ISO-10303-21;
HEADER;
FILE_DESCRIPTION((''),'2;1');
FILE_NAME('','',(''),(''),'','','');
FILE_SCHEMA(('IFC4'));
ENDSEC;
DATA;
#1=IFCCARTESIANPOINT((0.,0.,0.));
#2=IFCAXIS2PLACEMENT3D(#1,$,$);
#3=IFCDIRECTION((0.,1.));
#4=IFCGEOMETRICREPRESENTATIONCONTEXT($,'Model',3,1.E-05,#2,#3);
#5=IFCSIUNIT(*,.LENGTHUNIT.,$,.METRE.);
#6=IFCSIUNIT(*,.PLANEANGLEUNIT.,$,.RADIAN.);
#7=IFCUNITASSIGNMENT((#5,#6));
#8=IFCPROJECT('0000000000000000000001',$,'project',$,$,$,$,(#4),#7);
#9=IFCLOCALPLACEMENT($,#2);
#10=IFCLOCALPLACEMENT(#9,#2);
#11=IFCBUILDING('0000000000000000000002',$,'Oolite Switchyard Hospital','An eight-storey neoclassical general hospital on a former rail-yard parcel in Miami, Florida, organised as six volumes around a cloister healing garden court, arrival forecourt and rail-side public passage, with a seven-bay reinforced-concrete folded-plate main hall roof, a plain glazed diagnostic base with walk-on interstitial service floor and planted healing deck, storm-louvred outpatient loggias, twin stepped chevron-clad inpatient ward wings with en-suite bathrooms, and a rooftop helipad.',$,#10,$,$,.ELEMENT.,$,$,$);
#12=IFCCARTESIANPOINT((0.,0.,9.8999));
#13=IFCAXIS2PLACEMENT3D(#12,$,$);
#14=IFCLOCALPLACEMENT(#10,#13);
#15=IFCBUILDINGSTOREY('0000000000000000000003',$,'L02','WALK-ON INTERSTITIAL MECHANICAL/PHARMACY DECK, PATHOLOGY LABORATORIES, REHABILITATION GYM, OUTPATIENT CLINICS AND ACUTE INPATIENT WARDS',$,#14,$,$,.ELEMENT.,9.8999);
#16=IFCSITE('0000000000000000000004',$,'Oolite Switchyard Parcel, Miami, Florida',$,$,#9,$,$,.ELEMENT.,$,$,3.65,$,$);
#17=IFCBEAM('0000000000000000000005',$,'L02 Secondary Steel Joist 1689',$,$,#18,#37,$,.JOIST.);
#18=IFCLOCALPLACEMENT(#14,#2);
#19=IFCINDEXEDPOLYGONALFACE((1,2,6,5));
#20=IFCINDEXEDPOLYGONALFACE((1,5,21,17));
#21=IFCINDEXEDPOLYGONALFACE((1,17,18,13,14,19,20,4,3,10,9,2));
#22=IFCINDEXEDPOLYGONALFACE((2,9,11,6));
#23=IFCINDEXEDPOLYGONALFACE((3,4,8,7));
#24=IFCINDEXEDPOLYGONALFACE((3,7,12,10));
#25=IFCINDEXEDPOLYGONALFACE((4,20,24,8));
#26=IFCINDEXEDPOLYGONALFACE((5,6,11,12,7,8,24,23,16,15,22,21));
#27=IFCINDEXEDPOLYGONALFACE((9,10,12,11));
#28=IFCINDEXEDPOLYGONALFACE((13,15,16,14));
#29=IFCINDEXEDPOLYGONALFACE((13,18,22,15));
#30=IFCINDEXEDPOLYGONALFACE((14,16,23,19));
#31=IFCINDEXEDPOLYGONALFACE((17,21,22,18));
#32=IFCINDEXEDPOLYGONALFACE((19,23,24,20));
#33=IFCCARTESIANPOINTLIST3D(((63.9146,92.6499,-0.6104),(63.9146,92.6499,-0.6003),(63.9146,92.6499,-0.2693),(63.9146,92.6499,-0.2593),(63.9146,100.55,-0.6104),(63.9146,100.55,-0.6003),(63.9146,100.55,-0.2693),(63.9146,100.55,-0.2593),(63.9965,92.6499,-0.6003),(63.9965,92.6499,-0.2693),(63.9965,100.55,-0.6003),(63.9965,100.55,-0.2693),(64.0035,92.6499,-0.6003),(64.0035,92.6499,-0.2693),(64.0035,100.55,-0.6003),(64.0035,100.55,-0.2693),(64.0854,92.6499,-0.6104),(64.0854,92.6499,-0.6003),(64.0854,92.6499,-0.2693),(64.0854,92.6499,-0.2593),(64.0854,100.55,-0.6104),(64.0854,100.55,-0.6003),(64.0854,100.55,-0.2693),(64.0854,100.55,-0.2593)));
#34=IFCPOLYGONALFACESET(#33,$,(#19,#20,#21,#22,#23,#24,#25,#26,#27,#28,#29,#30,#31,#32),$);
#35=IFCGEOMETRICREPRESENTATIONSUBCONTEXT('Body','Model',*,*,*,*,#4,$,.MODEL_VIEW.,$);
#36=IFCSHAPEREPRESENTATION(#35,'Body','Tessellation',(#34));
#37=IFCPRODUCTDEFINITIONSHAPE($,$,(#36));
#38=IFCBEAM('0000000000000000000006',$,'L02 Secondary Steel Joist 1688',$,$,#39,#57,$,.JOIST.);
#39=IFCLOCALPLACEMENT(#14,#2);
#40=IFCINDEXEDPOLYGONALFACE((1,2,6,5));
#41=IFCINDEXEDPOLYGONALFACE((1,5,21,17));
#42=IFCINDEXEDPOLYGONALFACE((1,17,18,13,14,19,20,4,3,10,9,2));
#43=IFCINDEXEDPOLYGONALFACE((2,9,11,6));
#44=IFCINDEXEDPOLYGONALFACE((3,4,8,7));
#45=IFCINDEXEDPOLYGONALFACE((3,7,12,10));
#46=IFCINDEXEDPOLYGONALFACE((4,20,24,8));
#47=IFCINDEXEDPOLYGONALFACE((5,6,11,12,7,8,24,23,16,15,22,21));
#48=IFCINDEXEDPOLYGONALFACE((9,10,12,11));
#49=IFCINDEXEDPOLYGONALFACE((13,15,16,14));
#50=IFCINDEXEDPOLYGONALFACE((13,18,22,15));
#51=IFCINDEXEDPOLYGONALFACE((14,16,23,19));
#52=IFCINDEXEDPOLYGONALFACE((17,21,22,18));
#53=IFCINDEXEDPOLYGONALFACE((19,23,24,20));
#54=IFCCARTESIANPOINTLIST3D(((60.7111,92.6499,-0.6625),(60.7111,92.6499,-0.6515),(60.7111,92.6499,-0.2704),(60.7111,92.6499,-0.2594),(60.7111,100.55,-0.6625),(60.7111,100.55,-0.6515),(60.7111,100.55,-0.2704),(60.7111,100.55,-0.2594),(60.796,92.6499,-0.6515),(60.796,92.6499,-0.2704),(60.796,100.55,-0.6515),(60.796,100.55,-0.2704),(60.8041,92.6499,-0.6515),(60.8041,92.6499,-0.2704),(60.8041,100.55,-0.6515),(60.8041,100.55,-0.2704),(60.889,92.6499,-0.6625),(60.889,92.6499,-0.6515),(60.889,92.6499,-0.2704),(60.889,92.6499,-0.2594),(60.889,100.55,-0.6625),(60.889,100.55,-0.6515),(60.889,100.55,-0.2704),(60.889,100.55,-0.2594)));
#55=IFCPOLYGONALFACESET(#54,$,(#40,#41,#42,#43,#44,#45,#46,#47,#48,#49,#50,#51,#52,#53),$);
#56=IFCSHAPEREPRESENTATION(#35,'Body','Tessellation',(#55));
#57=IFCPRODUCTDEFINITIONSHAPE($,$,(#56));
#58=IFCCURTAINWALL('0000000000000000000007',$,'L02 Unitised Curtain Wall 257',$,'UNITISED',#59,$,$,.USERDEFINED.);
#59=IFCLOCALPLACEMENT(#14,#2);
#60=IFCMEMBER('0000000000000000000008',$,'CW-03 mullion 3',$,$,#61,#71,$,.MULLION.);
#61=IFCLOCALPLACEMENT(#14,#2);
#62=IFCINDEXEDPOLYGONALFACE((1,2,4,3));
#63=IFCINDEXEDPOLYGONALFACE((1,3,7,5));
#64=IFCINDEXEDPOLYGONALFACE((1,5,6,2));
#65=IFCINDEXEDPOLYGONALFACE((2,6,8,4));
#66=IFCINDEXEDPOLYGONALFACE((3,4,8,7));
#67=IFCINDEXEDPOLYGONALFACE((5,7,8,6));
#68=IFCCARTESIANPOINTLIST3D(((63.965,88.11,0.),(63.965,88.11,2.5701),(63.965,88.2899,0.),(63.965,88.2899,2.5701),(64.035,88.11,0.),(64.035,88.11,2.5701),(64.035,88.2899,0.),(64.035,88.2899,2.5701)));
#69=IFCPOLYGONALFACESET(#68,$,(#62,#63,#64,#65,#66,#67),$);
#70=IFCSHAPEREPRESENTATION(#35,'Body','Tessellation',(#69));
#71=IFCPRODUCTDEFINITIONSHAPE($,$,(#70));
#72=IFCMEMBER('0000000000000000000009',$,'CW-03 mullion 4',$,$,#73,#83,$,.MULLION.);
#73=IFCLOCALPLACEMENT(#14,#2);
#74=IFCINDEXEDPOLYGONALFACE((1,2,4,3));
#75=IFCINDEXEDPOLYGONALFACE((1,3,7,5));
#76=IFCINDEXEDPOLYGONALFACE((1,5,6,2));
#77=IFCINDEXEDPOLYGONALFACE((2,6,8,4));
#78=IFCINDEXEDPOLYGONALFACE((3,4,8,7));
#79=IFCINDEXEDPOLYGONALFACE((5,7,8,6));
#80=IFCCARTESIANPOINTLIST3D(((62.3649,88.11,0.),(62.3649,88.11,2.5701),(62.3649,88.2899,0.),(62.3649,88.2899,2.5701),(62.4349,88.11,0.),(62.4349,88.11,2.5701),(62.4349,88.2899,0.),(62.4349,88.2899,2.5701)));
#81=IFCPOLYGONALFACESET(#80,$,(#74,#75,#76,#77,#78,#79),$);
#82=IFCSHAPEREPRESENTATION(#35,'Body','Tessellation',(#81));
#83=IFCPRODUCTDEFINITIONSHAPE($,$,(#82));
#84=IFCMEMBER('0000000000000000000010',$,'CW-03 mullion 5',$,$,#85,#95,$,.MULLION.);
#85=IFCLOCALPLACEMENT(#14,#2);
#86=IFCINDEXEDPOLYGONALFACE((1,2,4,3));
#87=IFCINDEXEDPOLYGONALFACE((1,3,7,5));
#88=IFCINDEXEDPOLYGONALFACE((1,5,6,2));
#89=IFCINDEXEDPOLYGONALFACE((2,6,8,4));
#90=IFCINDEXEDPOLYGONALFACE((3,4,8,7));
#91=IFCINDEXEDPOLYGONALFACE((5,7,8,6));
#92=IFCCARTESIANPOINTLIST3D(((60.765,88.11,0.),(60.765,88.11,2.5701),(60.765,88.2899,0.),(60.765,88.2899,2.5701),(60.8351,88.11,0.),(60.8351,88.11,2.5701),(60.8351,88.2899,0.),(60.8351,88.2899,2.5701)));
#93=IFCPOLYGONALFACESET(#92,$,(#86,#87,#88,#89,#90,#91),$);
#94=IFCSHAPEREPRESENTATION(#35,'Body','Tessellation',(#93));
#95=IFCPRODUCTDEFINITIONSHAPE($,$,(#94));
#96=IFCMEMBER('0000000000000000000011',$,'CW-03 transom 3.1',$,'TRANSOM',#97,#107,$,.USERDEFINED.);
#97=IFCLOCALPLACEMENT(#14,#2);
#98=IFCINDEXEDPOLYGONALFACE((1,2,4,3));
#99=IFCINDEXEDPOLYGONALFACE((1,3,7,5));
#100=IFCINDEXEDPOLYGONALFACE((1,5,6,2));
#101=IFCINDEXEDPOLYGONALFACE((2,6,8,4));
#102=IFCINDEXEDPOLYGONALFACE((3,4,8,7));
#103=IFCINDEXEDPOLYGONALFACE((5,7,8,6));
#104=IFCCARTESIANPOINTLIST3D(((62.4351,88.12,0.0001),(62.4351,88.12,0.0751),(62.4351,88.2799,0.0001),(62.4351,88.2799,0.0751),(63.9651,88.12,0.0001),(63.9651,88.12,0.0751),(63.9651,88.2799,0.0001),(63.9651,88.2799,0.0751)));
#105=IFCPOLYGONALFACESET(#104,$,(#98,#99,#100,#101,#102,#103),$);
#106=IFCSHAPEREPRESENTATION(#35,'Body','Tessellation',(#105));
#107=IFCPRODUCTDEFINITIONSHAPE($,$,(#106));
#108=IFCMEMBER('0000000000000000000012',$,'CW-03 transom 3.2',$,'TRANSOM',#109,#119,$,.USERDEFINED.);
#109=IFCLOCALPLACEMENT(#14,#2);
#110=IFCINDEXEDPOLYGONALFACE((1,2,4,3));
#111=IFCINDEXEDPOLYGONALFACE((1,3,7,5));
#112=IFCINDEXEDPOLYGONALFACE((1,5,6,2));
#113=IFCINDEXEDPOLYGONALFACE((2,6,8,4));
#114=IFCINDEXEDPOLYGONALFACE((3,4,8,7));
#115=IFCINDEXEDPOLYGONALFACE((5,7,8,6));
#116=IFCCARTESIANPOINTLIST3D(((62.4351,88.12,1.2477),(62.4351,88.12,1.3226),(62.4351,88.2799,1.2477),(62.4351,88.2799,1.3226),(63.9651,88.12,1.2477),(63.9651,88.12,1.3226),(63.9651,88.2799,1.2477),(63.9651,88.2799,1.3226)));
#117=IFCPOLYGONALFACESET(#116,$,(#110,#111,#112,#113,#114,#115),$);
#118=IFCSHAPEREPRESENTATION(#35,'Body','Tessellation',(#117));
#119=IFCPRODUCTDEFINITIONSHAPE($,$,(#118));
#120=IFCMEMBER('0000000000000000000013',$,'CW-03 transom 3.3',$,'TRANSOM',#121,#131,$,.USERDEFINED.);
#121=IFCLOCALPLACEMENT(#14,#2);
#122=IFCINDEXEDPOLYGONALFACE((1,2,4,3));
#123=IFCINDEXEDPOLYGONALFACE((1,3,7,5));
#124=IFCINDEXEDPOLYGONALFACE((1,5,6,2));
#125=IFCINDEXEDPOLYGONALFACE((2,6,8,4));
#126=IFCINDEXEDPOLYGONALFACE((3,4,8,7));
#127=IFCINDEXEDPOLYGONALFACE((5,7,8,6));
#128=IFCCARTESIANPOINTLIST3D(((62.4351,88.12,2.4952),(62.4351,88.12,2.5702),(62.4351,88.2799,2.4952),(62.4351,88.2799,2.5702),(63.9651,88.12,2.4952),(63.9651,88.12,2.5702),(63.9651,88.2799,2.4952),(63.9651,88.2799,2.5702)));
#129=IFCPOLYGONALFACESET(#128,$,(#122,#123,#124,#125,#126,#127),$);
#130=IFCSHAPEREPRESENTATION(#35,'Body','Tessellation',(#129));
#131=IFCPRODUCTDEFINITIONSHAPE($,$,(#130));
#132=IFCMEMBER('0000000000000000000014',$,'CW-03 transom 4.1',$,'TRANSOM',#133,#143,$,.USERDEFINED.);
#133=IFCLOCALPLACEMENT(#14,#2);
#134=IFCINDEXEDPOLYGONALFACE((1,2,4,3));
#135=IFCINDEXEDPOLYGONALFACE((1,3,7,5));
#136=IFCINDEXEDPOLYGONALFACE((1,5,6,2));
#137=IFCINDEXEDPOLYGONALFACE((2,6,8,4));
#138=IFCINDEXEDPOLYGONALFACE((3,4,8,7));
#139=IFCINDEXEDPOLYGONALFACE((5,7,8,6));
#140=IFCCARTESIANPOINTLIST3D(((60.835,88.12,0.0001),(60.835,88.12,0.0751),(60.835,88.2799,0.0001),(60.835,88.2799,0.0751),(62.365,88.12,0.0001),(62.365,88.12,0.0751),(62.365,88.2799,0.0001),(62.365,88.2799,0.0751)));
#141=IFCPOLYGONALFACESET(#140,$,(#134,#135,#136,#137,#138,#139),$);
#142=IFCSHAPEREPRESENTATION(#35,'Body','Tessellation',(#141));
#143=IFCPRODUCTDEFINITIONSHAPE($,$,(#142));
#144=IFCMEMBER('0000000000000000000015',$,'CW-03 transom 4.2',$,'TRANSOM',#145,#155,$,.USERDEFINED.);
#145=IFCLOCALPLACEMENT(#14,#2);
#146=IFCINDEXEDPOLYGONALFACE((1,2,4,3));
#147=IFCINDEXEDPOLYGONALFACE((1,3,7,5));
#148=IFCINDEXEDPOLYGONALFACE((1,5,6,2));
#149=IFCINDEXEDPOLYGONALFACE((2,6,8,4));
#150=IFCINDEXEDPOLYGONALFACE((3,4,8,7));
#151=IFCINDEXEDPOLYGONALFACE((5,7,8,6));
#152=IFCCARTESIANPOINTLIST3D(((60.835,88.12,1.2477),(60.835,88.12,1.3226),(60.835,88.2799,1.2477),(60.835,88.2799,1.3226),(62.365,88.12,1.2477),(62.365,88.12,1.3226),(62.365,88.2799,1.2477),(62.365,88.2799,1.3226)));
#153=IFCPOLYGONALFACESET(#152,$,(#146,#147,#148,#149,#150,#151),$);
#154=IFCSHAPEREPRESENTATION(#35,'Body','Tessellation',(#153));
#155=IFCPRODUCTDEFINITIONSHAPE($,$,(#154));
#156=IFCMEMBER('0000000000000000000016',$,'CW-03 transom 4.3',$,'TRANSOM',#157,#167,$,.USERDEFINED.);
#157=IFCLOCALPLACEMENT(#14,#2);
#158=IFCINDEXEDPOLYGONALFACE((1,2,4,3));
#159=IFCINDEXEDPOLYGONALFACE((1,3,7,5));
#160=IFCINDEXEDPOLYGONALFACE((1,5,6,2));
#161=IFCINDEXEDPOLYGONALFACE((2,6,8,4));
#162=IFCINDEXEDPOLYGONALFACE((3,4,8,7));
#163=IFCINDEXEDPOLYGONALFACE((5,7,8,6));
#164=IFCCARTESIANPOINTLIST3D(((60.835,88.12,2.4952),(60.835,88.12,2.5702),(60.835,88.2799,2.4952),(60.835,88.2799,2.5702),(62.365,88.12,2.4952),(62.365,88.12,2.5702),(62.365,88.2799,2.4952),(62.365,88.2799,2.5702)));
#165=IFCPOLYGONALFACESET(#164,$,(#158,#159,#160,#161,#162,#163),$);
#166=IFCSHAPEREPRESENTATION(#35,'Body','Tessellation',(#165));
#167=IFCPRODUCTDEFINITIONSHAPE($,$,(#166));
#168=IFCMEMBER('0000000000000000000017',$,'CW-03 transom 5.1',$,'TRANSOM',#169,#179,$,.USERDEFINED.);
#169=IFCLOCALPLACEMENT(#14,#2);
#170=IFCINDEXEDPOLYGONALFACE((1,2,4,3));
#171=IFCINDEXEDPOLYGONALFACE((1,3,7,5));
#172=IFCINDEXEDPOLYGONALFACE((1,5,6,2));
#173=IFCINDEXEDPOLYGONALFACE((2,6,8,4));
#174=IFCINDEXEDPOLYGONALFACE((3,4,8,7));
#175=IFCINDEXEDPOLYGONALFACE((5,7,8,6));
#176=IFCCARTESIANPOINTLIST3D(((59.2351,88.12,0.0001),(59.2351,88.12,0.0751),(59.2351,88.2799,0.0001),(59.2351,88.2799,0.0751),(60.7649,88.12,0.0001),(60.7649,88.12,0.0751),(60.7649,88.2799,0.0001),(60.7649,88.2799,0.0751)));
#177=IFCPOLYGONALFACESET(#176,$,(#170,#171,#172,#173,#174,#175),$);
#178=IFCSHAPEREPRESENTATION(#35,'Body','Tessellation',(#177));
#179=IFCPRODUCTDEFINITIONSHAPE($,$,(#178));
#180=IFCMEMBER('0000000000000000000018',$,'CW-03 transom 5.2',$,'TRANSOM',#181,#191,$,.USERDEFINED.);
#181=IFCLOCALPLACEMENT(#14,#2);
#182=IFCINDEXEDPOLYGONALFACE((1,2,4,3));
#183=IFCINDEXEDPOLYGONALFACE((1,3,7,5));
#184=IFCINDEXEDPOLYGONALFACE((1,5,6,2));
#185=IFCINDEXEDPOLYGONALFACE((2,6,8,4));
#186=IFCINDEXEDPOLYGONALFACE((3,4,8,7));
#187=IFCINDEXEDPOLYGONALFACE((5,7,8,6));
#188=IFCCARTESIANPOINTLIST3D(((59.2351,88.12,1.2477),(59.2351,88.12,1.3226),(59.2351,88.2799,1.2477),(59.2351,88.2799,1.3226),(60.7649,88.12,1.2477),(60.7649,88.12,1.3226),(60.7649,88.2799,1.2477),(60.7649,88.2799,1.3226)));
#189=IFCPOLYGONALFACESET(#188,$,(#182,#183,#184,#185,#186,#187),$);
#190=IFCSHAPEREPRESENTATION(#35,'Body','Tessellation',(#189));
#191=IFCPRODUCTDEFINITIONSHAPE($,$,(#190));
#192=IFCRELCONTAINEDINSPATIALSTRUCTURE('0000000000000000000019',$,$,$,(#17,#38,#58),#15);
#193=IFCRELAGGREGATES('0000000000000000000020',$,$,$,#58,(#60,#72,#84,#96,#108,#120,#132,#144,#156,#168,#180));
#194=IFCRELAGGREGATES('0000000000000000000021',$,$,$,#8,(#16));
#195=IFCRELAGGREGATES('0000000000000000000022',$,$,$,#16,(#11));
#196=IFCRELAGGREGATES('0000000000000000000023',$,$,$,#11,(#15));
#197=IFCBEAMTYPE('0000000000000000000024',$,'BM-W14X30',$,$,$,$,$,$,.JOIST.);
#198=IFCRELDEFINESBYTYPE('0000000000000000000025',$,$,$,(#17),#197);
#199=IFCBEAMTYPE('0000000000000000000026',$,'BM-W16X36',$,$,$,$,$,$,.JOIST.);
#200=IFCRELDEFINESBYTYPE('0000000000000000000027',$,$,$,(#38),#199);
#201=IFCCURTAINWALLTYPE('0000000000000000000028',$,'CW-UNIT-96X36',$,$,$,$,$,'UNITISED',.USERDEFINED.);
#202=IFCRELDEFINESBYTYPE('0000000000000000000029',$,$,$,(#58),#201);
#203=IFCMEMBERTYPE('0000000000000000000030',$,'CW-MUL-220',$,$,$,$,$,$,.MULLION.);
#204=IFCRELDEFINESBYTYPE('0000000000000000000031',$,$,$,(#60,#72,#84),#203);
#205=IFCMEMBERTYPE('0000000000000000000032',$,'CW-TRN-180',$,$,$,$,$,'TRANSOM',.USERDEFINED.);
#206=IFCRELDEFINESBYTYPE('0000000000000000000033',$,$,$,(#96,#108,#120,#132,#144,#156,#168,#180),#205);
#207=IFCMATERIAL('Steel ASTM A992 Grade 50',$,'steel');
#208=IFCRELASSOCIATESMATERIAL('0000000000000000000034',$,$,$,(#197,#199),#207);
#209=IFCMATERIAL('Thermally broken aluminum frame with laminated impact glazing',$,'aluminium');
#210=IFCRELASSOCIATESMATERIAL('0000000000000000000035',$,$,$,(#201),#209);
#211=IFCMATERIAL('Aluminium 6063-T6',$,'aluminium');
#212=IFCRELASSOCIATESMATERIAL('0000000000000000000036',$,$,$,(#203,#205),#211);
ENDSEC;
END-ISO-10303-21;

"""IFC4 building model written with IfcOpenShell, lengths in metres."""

from ifc_helpers import new_model, si_unit, direction, frame, origin, origin_2d, place, context, subcontext, project, spatial, rectangle, i_section, extrude, material, material_profile, profile_set, type_object, element, aggregate, save


model = new_model("IFC4")

# Units and contexts
model_context = context("Model", 3, precision=1e-05, world=origin(), true_north=direction((0.0, 1.0)))
body_context = subcontext(model_context, "Body", "Model", "MODEL_VIEW")
ifc_project = project(units=[si_unit("LENGTHUNIT", "METRE"), si_unit("PLANEANGLEUNIT", "RADIAN")], contexts=[model_context])

# Site, building, storey
site_placement = place(None, origin())
site = spatial("IfcSite", under=ifc_project, at=site_placement, Name="Oolite Switchyard Parcel, Miami, Florida", CompositionType="ELEMENT", RefElevation=3.65)
building_placement = place(site_placement, origin())
building = spatial("IfcBuilding", under=site, at=building_placement, Name="Oolite Switchyard Hospital", Description="An eight-storey neoclassical general hospital on a former rail-yard parcel in Miami, Florida, organised as six volumes around a cloister healing garden court, arrival forecourt and rail-side public passage, with a seven-bay reinforced-concrete folded-plate main hall roof, a plain glazed diagnostic base with walk-on interstitial service floor and planted healing deck, storm-louvred outpatient loggias, twin stepped chevron-clad inpatient ward wings with en-suite bathrooms, and a rooftop helipad.", CompositionType="ELEMENT")
storey_placement = place(building_placement, frame((0.0, 0.0, 9.8999)))
storey = spatial("IfcBuildingStorey", under=building, at=storey_placement, Name="L02", Description="WALK-ON INTERSTITIAL MECHANICAL/PHARMACY DECK, PATHOLOGY LABORATORIES, REHABILITATION GYM, OUTPATIENT CLINICS AND ACUTE INPATIENT WARDS", CompositionType="ELEMENT", Elevation=9.8999)

# Beams
ifc_material_1 = material(Name="Steel ASTM A992 Grade 50", Category="steel")
ifc_material_profile_1 = material_profile(ifc_material_1, i_section(OverallWidth=0.1709, OverallDepth=0.3511, WebThickness=0.0071, FlangeThickness=0.01, at=origin_2d()), Name="W14X30")
ifc_profile_set_1 = profile_set([ifc_material_profile_1], Name="Steel ASTM A992 Grade 50")
beam_type_1 = type_object("IfcBeamType", Name="BM-W14X30", PredefinedType="JOIST", material=ifc_profile_set_1)
beam_1_placement = place(storey_placement, frame((64.0, 92.6499, -0.4348), z_axis=(0.0, 1.0, 0.0), x_axis=(-1.0, 0.0, 0.0)))
element("IfcBeam", 1, at=beam_1_placement, inside=storey, type_object=beam_type_1, Name="L02 Secondary Steel Joist 1689", PredefinedType="JOIST", context=body_context, shape_type="SweptSolid", body=[
    extrude(i_section(OverallWidth=0.1709, OverallDepth=0.3511, WebThickness=0.0071, FlangeThickness=0.01, at=origin_2d()), origin(), (0.0, 0.0, 1.0), 7.9001),
])
ifc_material_profile_2 = material_profile(ifc_material_1, i_section(OverallWidth=0.178, OverallDepth=0.4031, WebThickness=0.0081, FlangeThickness=0.011, at=origin_2d()), Name="W16X36")
ifc_profile_set_2 = profile_set([ifc_material_profile_2], Name="Steel ASTM A992 Grade 50")
beam_type_2 = type_object("IfcBeamType", Name="BM-W16X36", PredefinedType="JOIST", material=ifc_profile_set_2)
beam_2_placement = place(storey_placement, frame((60.8, 92.6499, -0.4609), z_axis=(0.0, 1.0, 0.0), x_axis=(-1.0, 0.0, 0.0)))
element("IfcBeam", 2, at=beam_2_placement, inside=storey, type_object=beam_type_2, Name="L02 Secondary Steel Joist 1688", PredefinedType="JOIST", context=body_context, shape_type="SweptSolid", body=[
    extrude(i_section(OverallWidth=0.178, OverallDepth=0.4031, WebThickness=0.0081, FlangeThickness=0.011, at=origin_2d()), origin(), (0.0, 0.0, 1.0), 7.9001),
])

# Curtain wall, members
ifc_material_2 = material(Name="Thermally broken aluminum frame with laminated impact glazing", Category="aluminium")
curtain_wall_type = type_object("IfcCurtainWallType", Name="CW-UNIT-96X36", ElementType="UNITISED", PredefinedType="USERDEFINED", material=ifc_material_2)
curtain_wall_placement = place(storey_placement, origin())
curtain_wall = element("IfcCurtainWall", 3, at=curtain_wall_placement, inside=storey, type_object=curtain_wall_type, Name="L02 Unitised Curtain Wall 257", ObjectType="UNITISED", PredefinedType="USERDEFINED")
ifc_material_3 = material(Name="Aluminium 6063-T6", Category="aluminium")
ifc_material_profile_3 = material_profile(ifc_material_3, rectangle(XDim=0.1799, YDim=0.0701, at=origin_2d()), Name="CWM70X180")
ifc_profile_set_3 = profile_set([ifc_material_profile_3], Name="Aluminium 6063-T6")
member_type_1 = type_object("IfcMemberType", Name="CW-MUL-220", PredefinedType="MULLION", material=ifc_profile_set_3)
member_1_placement = place(storey_placement, frame((64.0, 88.2, 0.0), z_axis=(0.0, 0.0, 1.0), x_axis=(0.0, -1.0, 0.0)))
member_1 = element("IfcMember", 4, at=member_1_placement, type_object=member_type_1, Name="CW-03 mullion 3", PredefinedType="MULLION", context=body_context, shape_type="SweptSolid", body=[
    extrude(rectangle(XDim=0.1799, YDim=0.0701, at=origin_2d()), origin(), (0.0, 0.0, 1.0), 2.5701),
])
member_2_placement = place(storey_placement, frame((62.3999, 88.2, 0.0), z_axis=(0.0, 0.0, 1.0), x_axis=(0.0, -1.0, 0.0)))
member_2 = element("IfcMember", 5, at=member_2_placement, type_object=member_type_1, Name="CW-03 mullion 4", PredefinedType="MULLION", context=body_context, shape_type="SweptSolid", body=[
    extrude(rectangle(XDim=0.1799, YDim=0.0701, at=origin_2d()), origin(), (0.0, 0.0, 1.0), 2.5701),
])
member_3_placement = place(storey_placement, frame((60.8, 88.2, 0.0), z_axis=(0.0, 0.0, 1.0), x_axis=(0.0, -1.0, 0.0)))
member_3 = element("IfcMember", 6, at=member_3_placement, type_object=member_type_1, Name="CW-03 mullion 5", PredefinedType="MULLION", context=body_context, shape_type="SweptSolid", body=[
    extrude(rectangle(XDim=0.1799, YDim=0.0701, at=origin_2d()), origin(), (0.0, 0.0, 1.0), 2.5701),
])
ifc_material_profile_4 = material_profile(ifc_material_3, rectangle(XDim=0.1599, YDim=0.075, at=origin_2d()), Name="CWT75X160")
ifc_profile_set_4 = profile_set([ifc_material_profile_4], Name="Aluminium 6063-T6")
member_type_2 = type_object("IfcMemberType", Name="CW-TRN-180", ElementType="TRANSOM", PredefinedType="USERDEFINED", material=ifc_profile_set_4)
member_4_placement = place(storey_placement, frame((63.9651, 88.2, 0.0376), z_axis=(-1.0, 0.0, 0.0), x_axis=(0.0, -1.0, 0.0)))
member_4 = element("IfcMember", 7, at=member_4_placement, type_object=member_type_2, Name="CW-03 transom 3.1", ObjectType="TRANSOM", PredefinedType="USERDEFINED", context=body_context, shape_type="SweptSolid", body=[
    extrude(rectangle(XDim=0.1599, YDim=0.075, at=origin_2d()), origin(), (0.0, 0.0, 1.0), 1.53),
])
member_5_placement = place(storey_placement, frame((63.9651, 88.2, 1.2852), z_axis=(-1.0, 0.0, 0.0), x_axis=(0.0, -1.0, 0.0)))
member_5 = element("IfcMember", 8, at=member_5_placement, type_object=member_type_2, Name="CW-03 transom 3.2", ObjectType="TRANSOM", PredefinedType="USERDEFINED", context=body_context, shape_type="SweptSolid", body=[
    extrude(rectangle(XDim=0.1599, YDim=0.075, at=origin_2d()), origin(), (0.0, 0.0, 1.0), 1.53),
])
member_6_placement = place(storey_placement, frame((63.9651, 88.2, 2.5327), z_axis=(-1.0, 0.0, 0.0), x_axis=(0.0, -1.0, 0.0)))
member_6 = element("IfcMember", 9, at=member_6_placement, type_object=member_type_2, Name="CW-03 transom 3.3", ObjectType="TRANSOM", PredefinedType="USERDEFINED", context=body_context, shape_type="SweptSolid", body=[
    extrude(rectangle(XDim=0.1599, YDim=0.075, at=origin_2d()), origin(), (0.0, 0.0, 1.0), 1.53),
])
member_7_placement = place(storey_placement, frame((62.365, 88.2, 0.0376), z_axis=(-1.0, 0.0, 0.0), x_axis=(0.0, -1.0, 0.0)))
member_7 = element("IfcMember", 10, at=member_7_placement, type_object=member_type_2, Name="CW-03 transom 4.1", ObjectType="TRANSOM", PredefinedType="USERDEFINED", context=body_context, shape_type="SweptSolid", body=[
    extrude(rectangle(XDim=0.1599, YDim=0.075, at=origin_2d()), origin(), (0.0, 0.0, 1.0), 1.53),
])
member_8_placement = place(storey_placement, frame((62.365, 88.2, 1.2852), z_axis=(-1.0, 0.0, 0.0), x_axis=(0.0, -1.0, 0.0)))
member_8 = element("IfcMember", 11, at=member_8_placement, type_object=member_type_2, Name="CW-03 transom 4.2", ObjectType="TRANSOM", PredefinedType="USERDEFINED", context=body_context, shape_type="SweptSolid", body=[
    extrude(rectangle(XDim=0.1599, YDim=0.075, at=origin_2d()), origin(), (0.0, 0.0, 1.0), 1.53),
])
member_9_placement = place(storey_placement, frame((62.365, 88.2, 2.5327), z_axis=(-1.0, 0.0, 0.0), x_axis=(0.0, -1.0, 0.0)))
member_9 = element("IfcMember", 12, at=member_9_placement, type_object=member_type_2, Name="CW-03 transom 4.3", ObjectType="TRANSOM", PredefinedType="USERDEFINED", context=body_context, shape_type="SweptSolid", body=[
    extrude(rectangle(XDim=0.1599, YDim=0.075, at=origin_2d()), origin(), (0.0, 0.0, 1.0), 1.53),
])
member_10_placement = place(storey_placement, frame((60.7649, 88.2, 0.0376), z_axis=(-1.0, 0.0, 0.0), x_axis=(0.0, -1.0, 0.0)))
member_10 = element("IfcMember", 13, at=member_10_placement, type_object=member_type_2, Name="CW-03 transom 5.1", ObjectType="TRANSOM", PredefinedType="USERDEFINED", context=body_context, shape_type="SweptSolid", body=[
    extrude(rectangle(XDim=0.1599, YDim=0.075, at=origin_2d()), origin(), (0.0, 0.0, 1.0), 1.5298),
])
member_11_placement = place(storey_placement, frame((60.7649, 88.2, 1.2852), z_axis=(-1.0, 0.0, 0.0), x_axis=(0.0, -1.0, 0.0)))
member_11 = element("IfcMember", 14, at=member_11_placement, type_object=member_type_2, Name="CW-03 transom 5.2", ObjectType="TRANSOM", PredefinedType="USERDEFINED", context=body_context, shape_type="SweptSolid", body=[
    extrude(rectangle(XDim=0.1599, YDim=0.075, at=origin_2d()), origin(), (0.0, 0.0, 1.0), 1.5298),
])
aggregate(curtain_wall, [member_1, member_2, member_3, member_4, member_5, member_6, member_7, member_8, member_9, member_10, member_11])

save(model, "model.ifc")
